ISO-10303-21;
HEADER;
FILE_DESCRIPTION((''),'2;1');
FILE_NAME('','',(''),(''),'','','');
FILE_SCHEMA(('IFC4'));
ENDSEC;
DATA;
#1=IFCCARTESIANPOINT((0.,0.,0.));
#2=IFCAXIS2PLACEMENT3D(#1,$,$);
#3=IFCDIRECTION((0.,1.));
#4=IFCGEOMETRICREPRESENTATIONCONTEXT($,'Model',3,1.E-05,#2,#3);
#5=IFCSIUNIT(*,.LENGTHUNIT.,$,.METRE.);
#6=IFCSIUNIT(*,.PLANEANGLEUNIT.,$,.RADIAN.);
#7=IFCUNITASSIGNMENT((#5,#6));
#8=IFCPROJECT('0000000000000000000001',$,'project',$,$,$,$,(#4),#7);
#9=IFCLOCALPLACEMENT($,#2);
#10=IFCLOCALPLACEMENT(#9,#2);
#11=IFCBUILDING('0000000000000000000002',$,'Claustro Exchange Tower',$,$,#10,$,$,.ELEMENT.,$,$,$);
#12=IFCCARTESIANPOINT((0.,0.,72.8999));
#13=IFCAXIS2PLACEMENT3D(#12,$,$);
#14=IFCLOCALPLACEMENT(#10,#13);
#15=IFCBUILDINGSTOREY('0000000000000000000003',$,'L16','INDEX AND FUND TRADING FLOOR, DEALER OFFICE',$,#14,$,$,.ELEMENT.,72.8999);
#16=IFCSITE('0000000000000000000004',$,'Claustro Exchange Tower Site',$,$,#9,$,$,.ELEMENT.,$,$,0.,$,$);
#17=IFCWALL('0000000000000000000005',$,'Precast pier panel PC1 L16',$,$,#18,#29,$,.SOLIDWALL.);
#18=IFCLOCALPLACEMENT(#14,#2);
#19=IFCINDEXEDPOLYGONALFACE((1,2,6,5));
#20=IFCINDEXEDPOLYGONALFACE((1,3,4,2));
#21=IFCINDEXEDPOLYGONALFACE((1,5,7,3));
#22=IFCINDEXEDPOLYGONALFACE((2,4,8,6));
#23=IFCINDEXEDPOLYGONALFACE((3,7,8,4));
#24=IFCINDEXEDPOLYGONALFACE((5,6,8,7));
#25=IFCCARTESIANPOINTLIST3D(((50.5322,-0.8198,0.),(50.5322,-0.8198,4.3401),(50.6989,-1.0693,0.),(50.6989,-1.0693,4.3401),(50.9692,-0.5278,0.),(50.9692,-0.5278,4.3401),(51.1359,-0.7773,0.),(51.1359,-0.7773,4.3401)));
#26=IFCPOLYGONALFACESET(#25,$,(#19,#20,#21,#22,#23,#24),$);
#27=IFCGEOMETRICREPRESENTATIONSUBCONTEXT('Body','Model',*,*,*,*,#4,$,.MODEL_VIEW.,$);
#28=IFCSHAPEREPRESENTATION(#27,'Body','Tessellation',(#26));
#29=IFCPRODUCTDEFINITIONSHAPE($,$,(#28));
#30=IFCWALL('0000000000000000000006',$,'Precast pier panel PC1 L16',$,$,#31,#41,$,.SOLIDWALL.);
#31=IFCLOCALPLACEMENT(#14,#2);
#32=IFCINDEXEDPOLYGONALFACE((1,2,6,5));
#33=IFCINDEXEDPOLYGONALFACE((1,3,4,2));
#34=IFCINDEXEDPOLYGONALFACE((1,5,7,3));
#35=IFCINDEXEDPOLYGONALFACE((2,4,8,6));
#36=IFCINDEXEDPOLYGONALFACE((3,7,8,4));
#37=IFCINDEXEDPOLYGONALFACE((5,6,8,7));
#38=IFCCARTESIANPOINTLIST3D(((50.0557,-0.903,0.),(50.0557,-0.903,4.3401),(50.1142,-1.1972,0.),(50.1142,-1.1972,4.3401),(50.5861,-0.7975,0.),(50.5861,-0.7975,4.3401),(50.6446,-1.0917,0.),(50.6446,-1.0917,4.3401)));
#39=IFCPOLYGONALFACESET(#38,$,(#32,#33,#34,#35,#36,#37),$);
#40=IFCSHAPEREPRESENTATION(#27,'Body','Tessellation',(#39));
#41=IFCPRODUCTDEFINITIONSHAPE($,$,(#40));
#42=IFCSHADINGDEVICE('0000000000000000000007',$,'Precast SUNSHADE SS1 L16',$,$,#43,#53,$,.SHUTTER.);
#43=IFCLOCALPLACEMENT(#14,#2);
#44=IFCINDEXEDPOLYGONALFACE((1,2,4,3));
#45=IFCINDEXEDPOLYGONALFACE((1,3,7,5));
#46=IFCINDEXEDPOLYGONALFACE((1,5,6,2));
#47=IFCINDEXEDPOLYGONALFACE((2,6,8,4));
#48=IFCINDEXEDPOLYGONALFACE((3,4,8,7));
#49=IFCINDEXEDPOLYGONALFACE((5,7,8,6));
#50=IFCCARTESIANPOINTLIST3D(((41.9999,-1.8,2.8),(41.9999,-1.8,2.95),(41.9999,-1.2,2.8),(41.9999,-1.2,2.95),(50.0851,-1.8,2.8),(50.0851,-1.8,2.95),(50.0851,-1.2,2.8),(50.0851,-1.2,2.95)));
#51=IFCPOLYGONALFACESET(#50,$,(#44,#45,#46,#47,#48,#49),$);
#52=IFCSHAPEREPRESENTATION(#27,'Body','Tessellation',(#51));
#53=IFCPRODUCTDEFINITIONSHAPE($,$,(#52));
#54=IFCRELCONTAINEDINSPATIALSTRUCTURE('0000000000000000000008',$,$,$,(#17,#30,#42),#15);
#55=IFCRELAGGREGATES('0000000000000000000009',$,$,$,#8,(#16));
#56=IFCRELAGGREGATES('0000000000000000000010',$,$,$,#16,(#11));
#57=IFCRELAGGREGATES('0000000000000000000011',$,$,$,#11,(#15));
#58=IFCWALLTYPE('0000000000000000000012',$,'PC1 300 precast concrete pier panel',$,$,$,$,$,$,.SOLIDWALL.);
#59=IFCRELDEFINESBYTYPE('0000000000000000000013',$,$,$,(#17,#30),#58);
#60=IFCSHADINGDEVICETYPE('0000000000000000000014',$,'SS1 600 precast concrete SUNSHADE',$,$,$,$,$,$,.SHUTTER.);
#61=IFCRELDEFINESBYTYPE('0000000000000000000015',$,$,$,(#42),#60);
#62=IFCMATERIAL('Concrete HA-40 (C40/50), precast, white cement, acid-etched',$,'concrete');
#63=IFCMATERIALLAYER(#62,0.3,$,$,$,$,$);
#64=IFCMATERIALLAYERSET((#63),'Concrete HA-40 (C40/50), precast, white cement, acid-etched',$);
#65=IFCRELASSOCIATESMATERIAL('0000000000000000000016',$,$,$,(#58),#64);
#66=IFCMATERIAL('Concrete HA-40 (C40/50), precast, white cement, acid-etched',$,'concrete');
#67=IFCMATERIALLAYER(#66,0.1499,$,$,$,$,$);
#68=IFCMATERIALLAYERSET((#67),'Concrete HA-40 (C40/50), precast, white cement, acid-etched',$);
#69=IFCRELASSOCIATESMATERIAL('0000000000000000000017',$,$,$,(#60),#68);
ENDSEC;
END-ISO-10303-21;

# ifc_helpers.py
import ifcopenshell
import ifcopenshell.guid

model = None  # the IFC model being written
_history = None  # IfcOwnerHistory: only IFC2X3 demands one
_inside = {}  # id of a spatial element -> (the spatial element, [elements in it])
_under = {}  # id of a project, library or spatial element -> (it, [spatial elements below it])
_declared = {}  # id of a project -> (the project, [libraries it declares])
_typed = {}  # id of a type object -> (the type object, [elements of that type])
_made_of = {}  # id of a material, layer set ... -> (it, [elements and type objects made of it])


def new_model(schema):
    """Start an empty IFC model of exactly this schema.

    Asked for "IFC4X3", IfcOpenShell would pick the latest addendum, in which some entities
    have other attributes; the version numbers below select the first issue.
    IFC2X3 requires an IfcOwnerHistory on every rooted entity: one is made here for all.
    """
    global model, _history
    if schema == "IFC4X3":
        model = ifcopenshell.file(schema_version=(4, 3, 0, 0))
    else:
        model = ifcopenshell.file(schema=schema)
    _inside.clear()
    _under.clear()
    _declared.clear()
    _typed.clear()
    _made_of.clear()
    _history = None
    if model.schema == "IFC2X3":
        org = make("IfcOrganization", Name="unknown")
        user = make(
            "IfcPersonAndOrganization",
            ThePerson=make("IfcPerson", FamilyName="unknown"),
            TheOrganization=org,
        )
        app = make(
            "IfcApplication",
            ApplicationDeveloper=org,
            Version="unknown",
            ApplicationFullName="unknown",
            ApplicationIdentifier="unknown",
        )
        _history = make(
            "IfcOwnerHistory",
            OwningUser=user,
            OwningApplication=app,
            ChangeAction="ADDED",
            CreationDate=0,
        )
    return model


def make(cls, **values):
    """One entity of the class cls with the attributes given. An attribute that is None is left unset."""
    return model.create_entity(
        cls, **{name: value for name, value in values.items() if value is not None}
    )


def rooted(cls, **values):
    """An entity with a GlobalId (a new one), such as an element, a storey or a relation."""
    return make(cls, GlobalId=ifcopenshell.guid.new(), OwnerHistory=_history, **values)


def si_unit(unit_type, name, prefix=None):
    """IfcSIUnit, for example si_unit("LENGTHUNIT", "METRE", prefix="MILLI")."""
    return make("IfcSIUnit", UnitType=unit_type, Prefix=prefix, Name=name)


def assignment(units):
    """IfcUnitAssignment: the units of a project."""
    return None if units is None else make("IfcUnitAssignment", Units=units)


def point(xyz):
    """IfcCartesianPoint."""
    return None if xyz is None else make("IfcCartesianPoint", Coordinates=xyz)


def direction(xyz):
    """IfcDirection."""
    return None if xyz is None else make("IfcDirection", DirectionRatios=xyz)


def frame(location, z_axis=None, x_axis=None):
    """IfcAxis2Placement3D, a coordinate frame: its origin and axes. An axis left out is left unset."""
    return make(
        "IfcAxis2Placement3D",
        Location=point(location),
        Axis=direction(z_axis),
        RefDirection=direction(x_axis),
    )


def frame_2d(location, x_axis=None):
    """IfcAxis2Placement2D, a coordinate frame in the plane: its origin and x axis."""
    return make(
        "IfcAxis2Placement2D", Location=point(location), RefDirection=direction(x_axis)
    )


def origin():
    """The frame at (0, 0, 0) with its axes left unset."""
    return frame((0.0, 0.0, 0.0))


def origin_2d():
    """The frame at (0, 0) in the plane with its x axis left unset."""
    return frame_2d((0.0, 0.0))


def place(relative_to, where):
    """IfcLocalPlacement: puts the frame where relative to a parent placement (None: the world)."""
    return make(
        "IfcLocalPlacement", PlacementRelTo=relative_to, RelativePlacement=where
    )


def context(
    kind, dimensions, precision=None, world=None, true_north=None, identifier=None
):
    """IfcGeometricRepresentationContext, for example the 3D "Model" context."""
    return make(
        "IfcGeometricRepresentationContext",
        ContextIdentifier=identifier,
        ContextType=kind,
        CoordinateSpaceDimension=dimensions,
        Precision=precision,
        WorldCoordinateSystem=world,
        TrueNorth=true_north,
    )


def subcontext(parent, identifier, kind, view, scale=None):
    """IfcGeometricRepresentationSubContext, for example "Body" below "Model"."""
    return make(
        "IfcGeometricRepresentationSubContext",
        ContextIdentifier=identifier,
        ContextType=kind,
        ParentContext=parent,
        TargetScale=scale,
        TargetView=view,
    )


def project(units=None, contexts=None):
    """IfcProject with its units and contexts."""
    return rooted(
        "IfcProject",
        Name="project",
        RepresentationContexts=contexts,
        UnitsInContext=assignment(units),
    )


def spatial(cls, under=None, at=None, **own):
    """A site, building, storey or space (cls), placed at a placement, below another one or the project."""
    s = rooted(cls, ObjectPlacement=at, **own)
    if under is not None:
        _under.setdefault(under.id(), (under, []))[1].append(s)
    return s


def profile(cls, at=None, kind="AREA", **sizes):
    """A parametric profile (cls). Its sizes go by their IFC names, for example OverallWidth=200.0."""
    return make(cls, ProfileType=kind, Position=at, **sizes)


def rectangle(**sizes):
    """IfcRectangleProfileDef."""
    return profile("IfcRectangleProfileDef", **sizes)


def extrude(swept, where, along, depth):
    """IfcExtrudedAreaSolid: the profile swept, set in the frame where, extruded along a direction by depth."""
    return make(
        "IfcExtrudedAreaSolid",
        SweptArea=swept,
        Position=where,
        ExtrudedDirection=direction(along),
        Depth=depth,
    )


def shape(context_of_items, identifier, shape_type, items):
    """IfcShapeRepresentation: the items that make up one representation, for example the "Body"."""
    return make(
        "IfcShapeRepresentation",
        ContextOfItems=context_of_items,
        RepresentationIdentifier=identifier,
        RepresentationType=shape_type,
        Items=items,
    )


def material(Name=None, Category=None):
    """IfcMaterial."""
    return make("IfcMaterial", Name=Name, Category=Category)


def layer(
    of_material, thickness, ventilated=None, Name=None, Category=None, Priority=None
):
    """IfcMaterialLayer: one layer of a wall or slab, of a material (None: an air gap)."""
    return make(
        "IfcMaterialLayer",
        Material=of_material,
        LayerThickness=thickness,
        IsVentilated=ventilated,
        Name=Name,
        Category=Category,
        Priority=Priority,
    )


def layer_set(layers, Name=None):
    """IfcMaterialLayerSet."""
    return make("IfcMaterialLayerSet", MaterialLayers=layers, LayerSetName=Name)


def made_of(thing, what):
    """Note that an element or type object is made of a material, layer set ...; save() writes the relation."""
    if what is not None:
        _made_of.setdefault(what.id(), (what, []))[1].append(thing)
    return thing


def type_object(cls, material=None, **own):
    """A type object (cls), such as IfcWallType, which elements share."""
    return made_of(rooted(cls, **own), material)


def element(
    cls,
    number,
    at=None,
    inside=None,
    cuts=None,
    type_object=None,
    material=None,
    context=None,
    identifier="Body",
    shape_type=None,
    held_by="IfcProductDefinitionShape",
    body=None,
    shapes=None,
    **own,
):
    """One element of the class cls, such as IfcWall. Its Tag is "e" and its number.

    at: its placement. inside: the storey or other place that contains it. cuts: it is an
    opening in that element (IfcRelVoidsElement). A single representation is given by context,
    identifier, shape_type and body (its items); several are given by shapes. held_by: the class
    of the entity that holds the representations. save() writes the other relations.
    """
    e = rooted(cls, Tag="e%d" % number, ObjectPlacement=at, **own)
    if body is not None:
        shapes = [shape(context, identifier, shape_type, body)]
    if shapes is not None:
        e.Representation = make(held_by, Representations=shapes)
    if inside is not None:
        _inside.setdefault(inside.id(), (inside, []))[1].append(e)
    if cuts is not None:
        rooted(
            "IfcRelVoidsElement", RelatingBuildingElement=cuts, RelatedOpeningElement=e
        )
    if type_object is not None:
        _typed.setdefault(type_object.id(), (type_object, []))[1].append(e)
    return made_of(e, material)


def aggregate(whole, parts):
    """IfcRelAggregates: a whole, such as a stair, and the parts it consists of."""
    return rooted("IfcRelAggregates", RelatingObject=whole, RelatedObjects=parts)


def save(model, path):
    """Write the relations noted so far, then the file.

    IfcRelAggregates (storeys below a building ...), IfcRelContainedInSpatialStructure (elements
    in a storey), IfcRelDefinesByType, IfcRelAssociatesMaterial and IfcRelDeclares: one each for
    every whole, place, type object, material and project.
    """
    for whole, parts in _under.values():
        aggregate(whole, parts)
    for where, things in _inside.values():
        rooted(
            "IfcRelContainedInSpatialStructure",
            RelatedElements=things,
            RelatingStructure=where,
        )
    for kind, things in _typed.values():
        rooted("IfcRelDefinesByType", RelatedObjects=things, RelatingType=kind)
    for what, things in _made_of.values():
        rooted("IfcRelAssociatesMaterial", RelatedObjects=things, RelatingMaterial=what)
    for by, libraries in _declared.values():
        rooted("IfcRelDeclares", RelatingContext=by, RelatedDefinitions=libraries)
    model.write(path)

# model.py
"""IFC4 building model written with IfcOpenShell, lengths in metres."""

from ifc_helpers import new_model, si_unit, direction, frame, frame_2d, origin, origin_2d, place, context, subcontext, project, spatial, rectangle, extrude, material, layer, layer_set, type_object, element, save


model = new_model("IFC4")

# Units and contexts
model_context = context("Model", 3, precision=1e-05, world=origin(), true_north=direction((0.0, 1.0)))
body_context = subcontext(model_context, "Body", "Model", "MODEL_VIEW")
ifc_project = project(units=[si_unit("LENGTHUNIT", "METRE"), si_unit("PLANEANGLEUNIT", "RADIAN")], contexts=[model_context])

# Site, building, storey
site_placement = place(None, origin())
site = spatial("IfcSite", under=ifc_project, at=site_placement, Name="Claustro Exchange Tower Site", CompositionType="ELEMENT", RefElevation=0.0)
building_placement = place(site_placement, origin())
building = spatial("IfcBuilding", under=site, at=building_placement, Name="Claustro Exchange Tower", CompositionType="ELEMENT")
storey_placement = place(building_placement, frame((0.0, 0.0, 72.8999)))
storey = spatial("IfcBuildingStorey", under=building, at=storey_placement, Name="L16", Description="INDEX AND FUND TRADING FLOOR, DEALER OFFICE", CompositionType="ELEMENT", Elevation=72.8999)

# Shared definitions
ifc_material_1 = material(Name="Concrete HA-40 (C40/50), precast, white cement, acid-etched", Category="concrete")
ifc_layer_1 = layer(ifc_material_1, 0.3)
ifc_layer_set_1 = layer_set([ifc_layer_1], Name="Concrete HA-40 (C40/50), precast, white cement, acid-etched")
wall_type_1 = type_object("IfcWallType", Name="PC1 300 precast concrete pier panel", PredefinedType="SOLIDWALL", material=ifc_layer_set_1)

# Walls
for number, where, z_axis, x_axis, name in (
    (1, (51.0525, -0.6526, 0.0), (0.0, 0.0, 1.0), (-0.831478, -0.555557, 0.0), "Precast pier panel PC1 L16"),
):
    element("IfcWall", number, at=place(storey_placement, frame(where, z_axis=z_axis, x_axis=x_axis)), inside=storey, type_object=wall_type_1, Name=name, PredefinedType="SOLIDWALL", context=body_context, shape_type="SweptSolid", body=[
        extrude(rectangle(XDim=0.5256, YDim=0.3, at=frame_2d((0.2627, 0.0))), origin(), (0.0, 0.0, 1.0), 4.3401),
    ])
wall_1_placement = place(storey_placement, frame((50.6155, -0.9446, 0.0), z_axis=(0.0, 0.0, 1.0), x_axis=(-0.980789, -0.195074, 0.0)))
element("IfcWall", 2, at=wall_1_placement, inside=storey, type_object=wall_type_1, Name="Precast pier panel PC1 L16", PredefinedType="SOLIDWALL", context=body_context, shape_type="SweptSolid", body=[
    extrude(rectangle(XDim=0.5408, YDim=0.3, at=frame_2d((0.2705, 0.0))), origin(), (0.0, 0.0, 1.0), 4.3401),
])

# Shading device
ifc_material_2 = material(Name="Concrete HA-40 (C40/50), precast, white cement, acid-etched", Category="concrete")
ifc_layer_2 = layer(ifc_material_2, 0.1499)
ifc_layer_set_2 = layer_set([ifc_layer_2], Name="Concrete HA-40 (C40/50), precast, white cement, acid-etched")
shading_device_type = type_object("IfcShadingDeviceType", Name="SS1 600 precast concrete SUNSHADE", PredefinedType="SHUTTER", material=ifc_layer_set_2)
shading_device_placement = place(storey_placement, frame((46.0425, -1.5, 2.8), z_axis=(0.0, 0.0, 1.0), x_axis=(-1.0, 0.0, 0.0)))
element("IfcShadingDevice", 3, at=shading_device_placement, inside=storey, type_object=shading_device_type, Name="Precast SUNSHADE SS1 L16", PredefinedType="SHUTTER", context=body_context, shape_type="SweptSolid", body=[
    extrude(rectangle(XDim=8.0852, YDim=0.6001, at=origin_2d()), origin(), (0.0, 0.0, 1.0), 0.1499),
])

save(model, "model.ifc")
